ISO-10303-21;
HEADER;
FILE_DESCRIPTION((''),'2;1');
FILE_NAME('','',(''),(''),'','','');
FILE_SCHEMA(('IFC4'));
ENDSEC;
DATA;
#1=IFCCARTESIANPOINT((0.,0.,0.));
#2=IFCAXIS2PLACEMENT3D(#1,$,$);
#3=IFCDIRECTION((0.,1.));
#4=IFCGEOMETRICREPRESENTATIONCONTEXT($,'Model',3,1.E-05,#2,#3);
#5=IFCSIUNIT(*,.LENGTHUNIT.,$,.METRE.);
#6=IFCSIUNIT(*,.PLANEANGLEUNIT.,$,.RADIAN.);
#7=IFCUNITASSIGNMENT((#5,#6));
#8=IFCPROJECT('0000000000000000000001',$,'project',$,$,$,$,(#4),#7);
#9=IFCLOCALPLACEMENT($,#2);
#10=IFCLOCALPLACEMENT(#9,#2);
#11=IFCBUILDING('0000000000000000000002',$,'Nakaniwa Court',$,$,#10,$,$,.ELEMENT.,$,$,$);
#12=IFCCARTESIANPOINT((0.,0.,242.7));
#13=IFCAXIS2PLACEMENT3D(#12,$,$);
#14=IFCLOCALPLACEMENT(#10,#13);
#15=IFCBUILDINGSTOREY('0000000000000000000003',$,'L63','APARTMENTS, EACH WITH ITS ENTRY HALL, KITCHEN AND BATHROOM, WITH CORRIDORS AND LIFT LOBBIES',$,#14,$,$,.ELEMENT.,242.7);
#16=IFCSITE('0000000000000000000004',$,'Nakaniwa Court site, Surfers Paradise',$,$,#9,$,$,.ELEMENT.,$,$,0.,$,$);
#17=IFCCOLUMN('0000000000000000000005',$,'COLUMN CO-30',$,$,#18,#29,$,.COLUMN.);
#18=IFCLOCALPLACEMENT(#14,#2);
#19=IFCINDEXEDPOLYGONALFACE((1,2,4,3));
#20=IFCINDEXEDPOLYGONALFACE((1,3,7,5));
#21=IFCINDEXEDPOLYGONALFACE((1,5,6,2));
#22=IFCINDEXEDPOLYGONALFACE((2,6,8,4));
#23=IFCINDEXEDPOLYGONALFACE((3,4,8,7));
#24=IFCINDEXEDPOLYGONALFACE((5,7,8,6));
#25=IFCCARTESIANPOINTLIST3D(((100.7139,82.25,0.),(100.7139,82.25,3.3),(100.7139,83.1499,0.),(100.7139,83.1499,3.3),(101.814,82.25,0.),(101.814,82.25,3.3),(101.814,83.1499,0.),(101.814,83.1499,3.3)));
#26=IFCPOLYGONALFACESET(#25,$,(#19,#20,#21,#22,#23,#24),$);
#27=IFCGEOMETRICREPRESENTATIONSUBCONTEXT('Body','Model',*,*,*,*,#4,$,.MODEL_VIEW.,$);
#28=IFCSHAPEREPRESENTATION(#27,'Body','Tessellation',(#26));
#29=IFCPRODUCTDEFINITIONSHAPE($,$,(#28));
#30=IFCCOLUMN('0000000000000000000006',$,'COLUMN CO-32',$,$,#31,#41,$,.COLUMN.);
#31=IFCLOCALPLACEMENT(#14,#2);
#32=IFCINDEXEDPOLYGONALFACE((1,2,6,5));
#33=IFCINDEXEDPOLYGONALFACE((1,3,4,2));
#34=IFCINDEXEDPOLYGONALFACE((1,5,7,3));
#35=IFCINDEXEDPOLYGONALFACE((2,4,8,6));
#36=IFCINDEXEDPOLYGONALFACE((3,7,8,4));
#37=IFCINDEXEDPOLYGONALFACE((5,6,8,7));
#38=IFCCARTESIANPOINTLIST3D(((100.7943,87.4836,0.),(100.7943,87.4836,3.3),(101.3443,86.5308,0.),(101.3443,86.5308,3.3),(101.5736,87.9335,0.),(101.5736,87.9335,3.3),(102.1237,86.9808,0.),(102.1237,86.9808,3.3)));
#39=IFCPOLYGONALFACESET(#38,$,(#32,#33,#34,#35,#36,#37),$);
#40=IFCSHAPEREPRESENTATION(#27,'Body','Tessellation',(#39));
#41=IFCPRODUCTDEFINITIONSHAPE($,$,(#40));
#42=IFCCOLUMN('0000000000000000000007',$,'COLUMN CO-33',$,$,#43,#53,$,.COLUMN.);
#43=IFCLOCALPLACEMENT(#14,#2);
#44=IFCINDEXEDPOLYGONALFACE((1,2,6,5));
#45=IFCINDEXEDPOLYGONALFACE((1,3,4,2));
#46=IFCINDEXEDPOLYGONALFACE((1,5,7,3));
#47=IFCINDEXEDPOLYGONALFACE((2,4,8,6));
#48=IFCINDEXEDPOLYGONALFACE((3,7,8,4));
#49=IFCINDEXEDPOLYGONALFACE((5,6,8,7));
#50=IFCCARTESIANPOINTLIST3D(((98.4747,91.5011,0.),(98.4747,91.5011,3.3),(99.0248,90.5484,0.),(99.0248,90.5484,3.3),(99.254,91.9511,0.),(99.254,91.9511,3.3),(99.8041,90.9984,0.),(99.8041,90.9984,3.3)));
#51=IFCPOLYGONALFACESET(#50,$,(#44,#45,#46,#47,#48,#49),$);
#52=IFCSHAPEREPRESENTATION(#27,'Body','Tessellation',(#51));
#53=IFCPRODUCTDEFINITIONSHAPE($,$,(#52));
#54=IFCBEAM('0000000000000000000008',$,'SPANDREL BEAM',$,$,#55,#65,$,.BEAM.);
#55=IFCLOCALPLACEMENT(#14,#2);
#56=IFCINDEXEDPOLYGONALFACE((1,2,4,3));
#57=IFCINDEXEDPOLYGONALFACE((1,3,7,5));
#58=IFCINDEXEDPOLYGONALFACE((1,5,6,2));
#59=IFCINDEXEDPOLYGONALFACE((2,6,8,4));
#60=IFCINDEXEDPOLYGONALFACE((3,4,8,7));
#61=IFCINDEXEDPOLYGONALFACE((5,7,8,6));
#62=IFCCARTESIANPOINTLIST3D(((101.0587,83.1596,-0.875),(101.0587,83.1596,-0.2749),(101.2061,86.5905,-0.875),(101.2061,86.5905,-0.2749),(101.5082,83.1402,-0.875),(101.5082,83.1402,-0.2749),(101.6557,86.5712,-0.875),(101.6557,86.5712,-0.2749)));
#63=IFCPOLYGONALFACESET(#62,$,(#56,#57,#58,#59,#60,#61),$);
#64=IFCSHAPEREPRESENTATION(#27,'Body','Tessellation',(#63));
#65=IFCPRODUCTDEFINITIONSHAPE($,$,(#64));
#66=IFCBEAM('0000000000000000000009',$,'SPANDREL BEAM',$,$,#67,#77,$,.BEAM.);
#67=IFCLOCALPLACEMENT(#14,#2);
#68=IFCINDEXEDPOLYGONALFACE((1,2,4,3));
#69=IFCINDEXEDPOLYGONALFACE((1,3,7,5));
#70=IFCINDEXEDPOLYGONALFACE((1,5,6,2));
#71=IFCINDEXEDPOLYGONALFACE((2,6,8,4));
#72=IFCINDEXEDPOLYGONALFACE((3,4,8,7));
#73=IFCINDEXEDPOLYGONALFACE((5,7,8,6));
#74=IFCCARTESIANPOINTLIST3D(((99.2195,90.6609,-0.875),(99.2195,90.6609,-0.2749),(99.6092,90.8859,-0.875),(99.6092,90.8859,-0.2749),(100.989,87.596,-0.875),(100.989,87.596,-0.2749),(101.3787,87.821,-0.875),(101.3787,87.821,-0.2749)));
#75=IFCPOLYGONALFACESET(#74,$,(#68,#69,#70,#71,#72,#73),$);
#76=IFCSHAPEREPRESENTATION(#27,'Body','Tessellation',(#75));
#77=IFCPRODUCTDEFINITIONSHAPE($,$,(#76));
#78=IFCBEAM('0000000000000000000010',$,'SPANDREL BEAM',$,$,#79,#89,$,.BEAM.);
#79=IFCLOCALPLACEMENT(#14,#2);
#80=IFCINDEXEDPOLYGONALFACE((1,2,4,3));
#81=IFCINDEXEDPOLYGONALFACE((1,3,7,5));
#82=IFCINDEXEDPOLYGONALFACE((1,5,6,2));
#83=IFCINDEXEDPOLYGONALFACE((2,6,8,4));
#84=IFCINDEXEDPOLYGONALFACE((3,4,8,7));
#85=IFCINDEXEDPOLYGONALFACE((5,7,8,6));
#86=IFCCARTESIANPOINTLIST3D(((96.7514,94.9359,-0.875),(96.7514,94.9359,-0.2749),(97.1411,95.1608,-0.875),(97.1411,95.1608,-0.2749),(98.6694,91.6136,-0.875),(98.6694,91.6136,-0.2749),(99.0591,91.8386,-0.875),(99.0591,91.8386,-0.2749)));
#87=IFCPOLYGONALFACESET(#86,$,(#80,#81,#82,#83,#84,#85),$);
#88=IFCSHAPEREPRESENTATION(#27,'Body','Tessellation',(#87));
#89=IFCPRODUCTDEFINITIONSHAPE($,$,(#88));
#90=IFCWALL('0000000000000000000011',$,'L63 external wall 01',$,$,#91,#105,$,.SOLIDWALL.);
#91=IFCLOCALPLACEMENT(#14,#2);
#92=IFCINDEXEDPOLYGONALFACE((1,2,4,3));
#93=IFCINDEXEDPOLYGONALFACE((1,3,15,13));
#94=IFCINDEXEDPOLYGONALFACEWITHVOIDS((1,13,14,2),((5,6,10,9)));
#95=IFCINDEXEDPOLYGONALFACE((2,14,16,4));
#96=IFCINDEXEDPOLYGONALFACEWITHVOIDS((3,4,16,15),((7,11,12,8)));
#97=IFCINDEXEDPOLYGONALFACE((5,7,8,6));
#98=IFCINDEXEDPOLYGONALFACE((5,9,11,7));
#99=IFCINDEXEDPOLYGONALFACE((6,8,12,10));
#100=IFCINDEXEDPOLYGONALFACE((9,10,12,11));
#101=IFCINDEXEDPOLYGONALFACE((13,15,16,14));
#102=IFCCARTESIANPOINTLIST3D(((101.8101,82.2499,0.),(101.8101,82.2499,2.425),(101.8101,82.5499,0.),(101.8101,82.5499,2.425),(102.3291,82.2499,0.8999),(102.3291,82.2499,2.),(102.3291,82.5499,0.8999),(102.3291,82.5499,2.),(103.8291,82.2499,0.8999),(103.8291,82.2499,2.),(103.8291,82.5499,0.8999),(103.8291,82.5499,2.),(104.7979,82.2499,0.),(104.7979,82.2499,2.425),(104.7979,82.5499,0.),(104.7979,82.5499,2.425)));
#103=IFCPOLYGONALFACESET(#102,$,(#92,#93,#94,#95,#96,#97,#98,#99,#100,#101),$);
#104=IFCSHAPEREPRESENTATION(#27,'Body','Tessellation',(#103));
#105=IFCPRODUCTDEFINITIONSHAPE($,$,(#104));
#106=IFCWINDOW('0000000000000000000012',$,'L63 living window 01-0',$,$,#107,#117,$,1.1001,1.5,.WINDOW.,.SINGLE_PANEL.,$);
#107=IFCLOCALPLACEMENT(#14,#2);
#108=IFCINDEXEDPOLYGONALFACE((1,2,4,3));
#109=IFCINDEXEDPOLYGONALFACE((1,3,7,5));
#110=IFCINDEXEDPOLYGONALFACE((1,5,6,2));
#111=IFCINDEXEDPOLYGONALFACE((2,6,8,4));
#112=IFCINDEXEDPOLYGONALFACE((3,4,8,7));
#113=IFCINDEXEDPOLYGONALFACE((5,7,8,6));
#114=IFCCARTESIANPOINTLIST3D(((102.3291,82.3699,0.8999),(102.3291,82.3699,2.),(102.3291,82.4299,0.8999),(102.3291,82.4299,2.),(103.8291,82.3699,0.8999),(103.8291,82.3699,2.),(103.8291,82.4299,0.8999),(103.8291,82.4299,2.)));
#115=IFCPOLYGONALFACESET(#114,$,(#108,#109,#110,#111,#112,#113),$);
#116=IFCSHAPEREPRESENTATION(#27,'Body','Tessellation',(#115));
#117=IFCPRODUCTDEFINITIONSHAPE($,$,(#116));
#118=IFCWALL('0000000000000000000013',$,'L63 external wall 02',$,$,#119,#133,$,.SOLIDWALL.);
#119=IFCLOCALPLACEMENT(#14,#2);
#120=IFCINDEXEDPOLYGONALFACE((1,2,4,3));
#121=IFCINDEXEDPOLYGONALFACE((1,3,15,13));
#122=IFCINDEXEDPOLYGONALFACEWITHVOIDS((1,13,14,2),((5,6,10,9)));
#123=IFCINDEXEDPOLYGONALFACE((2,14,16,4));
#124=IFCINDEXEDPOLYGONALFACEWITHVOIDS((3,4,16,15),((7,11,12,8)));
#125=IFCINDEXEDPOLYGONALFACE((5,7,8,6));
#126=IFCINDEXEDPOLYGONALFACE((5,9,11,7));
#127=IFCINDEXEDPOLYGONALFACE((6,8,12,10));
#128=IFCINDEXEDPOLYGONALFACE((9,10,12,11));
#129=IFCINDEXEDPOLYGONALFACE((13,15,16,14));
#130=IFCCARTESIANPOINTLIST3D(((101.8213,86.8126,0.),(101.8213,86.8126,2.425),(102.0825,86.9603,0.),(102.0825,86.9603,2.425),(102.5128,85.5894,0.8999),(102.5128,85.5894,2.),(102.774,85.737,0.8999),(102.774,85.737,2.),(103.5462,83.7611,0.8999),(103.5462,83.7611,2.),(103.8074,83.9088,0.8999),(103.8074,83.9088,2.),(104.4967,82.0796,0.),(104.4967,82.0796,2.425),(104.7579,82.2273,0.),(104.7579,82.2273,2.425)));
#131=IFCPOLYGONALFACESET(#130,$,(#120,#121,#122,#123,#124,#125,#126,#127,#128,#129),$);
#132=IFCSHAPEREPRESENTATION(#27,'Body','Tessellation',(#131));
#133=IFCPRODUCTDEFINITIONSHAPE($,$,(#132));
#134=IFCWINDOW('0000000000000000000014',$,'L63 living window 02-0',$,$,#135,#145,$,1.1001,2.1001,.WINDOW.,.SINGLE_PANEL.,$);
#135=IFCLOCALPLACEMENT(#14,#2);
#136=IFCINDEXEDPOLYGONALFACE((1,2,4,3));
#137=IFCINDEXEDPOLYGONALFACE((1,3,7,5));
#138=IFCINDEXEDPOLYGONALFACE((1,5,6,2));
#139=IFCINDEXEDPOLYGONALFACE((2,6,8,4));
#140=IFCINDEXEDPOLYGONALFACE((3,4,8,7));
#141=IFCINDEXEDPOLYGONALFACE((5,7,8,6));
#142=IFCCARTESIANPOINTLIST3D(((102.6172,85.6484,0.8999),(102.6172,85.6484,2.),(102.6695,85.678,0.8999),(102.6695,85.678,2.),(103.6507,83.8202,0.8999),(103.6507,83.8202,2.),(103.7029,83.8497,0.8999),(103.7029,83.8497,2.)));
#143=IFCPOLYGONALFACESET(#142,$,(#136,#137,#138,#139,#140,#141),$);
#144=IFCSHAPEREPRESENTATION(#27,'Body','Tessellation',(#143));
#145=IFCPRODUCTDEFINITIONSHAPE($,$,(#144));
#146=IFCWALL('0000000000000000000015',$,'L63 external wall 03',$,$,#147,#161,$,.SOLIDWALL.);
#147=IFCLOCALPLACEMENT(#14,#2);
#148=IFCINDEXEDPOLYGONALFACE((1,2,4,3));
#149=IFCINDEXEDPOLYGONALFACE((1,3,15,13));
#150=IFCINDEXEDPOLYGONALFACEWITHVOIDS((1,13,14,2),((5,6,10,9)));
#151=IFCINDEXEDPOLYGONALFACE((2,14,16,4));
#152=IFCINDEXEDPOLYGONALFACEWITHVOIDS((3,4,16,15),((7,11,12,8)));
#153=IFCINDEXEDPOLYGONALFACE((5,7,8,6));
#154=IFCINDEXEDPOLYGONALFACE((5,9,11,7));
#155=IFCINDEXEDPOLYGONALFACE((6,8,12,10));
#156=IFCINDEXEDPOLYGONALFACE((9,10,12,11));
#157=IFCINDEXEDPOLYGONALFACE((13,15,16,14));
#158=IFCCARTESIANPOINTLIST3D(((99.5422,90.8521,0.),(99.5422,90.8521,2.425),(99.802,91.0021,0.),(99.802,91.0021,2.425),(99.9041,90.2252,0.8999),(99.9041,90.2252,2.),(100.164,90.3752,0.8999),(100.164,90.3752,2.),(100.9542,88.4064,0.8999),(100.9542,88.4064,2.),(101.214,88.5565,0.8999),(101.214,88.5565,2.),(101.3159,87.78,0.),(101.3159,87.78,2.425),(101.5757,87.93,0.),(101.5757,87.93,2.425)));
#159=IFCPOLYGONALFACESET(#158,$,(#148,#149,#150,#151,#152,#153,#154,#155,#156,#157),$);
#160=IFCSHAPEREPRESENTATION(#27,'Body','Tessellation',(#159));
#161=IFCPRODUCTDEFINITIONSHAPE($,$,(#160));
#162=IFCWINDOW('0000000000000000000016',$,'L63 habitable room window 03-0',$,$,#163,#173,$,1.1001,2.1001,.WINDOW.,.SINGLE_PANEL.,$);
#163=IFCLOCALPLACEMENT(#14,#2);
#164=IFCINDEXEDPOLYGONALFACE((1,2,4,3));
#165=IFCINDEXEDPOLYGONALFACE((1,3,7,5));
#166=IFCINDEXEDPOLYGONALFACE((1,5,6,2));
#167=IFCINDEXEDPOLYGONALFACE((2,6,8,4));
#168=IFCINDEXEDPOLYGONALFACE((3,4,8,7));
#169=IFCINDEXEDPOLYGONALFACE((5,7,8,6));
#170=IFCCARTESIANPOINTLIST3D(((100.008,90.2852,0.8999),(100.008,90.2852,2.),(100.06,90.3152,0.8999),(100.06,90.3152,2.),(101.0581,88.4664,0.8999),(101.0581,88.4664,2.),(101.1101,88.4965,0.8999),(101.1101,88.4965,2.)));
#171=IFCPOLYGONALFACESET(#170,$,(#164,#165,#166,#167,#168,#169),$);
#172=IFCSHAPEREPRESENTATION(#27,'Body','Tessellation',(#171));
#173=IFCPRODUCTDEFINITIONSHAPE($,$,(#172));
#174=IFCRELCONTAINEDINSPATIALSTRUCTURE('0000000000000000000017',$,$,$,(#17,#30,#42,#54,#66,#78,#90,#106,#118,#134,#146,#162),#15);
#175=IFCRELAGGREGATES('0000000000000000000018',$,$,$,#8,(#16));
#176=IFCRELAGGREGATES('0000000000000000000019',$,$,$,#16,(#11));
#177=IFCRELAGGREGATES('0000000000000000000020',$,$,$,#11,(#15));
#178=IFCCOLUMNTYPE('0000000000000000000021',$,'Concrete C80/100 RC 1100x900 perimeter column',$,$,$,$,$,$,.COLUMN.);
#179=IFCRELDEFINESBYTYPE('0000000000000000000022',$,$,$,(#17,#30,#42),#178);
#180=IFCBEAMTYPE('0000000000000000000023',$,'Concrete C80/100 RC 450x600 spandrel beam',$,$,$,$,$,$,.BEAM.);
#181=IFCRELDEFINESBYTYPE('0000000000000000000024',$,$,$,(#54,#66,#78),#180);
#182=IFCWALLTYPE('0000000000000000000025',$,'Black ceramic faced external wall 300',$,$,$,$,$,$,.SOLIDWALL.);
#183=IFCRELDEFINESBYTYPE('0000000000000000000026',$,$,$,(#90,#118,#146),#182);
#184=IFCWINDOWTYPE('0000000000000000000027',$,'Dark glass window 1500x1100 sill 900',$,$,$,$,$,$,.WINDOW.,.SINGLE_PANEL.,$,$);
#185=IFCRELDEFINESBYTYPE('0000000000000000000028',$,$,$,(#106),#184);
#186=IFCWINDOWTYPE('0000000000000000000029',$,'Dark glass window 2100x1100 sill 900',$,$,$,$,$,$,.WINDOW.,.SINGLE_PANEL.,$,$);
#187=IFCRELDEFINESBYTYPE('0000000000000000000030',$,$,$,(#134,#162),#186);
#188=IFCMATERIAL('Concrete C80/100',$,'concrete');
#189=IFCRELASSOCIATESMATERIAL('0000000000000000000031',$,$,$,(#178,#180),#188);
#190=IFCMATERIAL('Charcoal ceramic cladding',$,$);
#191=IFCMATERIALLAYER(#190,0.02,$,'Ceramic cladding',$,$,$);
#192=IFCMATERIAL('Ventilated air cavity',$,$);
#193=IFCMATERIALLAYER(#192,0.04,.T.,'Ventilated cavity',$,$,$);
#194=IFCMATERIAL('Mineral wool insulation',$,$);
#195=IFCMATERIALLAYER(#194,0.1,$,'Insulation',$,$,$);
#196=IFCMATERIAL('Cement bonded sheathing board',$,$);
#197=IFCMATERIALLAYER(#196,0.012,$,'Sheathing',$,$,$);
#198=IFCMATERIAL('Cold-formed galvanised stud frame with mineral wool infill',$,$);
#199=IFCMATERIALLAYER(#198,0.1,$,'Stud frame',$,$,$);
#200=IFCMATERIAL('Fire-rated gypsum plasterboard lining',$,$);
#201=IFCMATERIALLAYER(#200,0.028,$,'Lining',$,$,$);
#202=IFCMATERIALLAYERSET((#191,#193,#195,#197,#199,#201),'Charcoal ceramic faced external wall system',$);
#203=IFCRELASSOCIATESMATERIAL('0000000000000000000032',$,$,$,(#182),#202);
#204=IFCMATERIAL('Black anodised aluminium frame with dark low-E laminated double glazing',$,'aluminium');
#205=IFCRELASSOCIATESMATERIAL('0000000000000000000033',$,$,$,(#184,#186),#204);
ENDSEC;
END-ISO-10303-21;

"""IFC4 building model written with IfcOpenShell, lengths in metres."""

from ifc_helpers import new_model, si_unit, direction, frame, frame_2d, origin, origin_2d, place, context, subcontext, project, spatial, rectangle, extrude, material, layer, layer_set, material_profile, profile_set, type_object, element, fill, save


model = new_model("IFC4")

# Units and contexts
model_context = context("Model", 3, precision=1e-05, world=origin(), true_north=direction((0.0, 1.0)))
body_context = subcontext(model_context, "Body", "Model", "MODEL_VIEW")
ifc_project = project(units=[si_unit("LENGTHUNIT", "METRE"), si_unit("PLANEANGLEUNIT", "RADIAN")], contexts=[model_context])

# Site, building, storey
site_placement = place(None, origin())
site = spatial("IfcSite", under=ifc_project, at=site_placement, Name="Nakaniwa Court site, Surfers Paradise", CompositionType="ELEMENT", RefElevation=0.0)
building_placement = place(site_placement, origin())
building = spatial("IfcBuilding", under=site, at=building_placement, Name="Nakaniwa Court", CompositionType="ELEMENT")
storey_placement = place(building_placement, frame((0.0, 0.0, 242.7)))
storey = spatial("IfcBuildingStorey", under=building, at=storey_placement, Name="L63", Description="APARTMENTS, EACH WITH ITS ENTRY HALL, KITCHEN AND BATHROOM, WITH CORRIDORS AND LIFT LOBBIES", CompositionType="ELEMENT", Elevation=242.7)

# Columns
ifc_material_1 = material(Name="Concrete C80/100", Category="concrete")
ifc_material_profile_1 = material_profile(ifc_material_1, rectangle(XDim=1.1001, YDim=0.8999, at=origin_2d()), Name="Concrete C80/100 RC 1100x900 perimeter column")
ifc_profile_set_1 = profile_set([ifc_material_profile_1], Name="Concrete C80/100")
column_type = type_object("IfcColumnType", Name="Concrete C80/100 RC 1100x900 perimeter column", PredefinedType="COLUMN", material=ifc_profile_set_1)
for number, where, z_axis, x_axis, name in (
    (1, (101.2639, 82.7, 0.0), (0.0, 0.0, 1.0), (1.0, 0.0, 0.0), "COLUMN CO-30"),
    (2, (101.459, 87.2322, 0.0), (0.0, 0.0, 1.0), (-0.5, 0.866025, 0.0), "COLUMN CO-32"),
    (3, (99.1394, 91.2498, 0.0), (0.0, 0.0, 1.0), (-0.5, 0.866025, 0.0), "COLUMN CO-33"),
):
    element("IfcColumn", number, at=place(storey_placement, frame(where, z_axis=z_axis, x_axis=x_axis)), inside=storey, type_object=column_type, Name=name, PredefinedType="COLUMN", context=body_context, shape_type="SweptSolid", body=[
        extrude(rectangle(XDim=1.1001, YDim=0.8999, at=origin_2d()), origin(), (0.0, 0.0, 1.0), 3.3),
    ])

# Beams
ifc_material_profile_2 = material_profile(ifc_material_1, rectangle(XDim=0.45, YDim=0.6001, at=origin_2d()), Name="Concrete C80/100 RC 450x600 spandrel beam")
ifc_profile_set_2 = profile_set([ifc_material_profile_2], Name="Concrete C80/100")
beam_type = type_object("IfcBeamType", Name="Concrete C80/100 RC 450x600 spandrel beam", PredefinedType="BEAM", material=ifc_profile_set_2)
beam_1_placement = place(storey_placement, frame((101.2834, 83.1499, -0.575), z_axis=(0.042941, 0.999078, 0.0), x_axis=(-0.999078, 0.042941, 0.0)))
element("IfcBeam", 4, at=beam_1_placement, inside=storey, type_object=beam_type, Name="SPANDREL BEAM", PredefinedType="BEAM", context=body_context, shape_type="SweptSolid", body=[
    extrude(rectangle(XDim=0.45, YDim=0.6001, at=origin_2d()), origin(), (0.0, 0.0, 1.0), 3.4341),
])
beam_2_placement = place(storey_placement, frame((101.1838, 87.7085, -0.575), z_axis=(-0.499997, 0.866027, 0.0), x_axis=(-0.866027, -0.499997, 0.0)))
element("IfcBeam", 5, at=beam_2_placement, inside=storey, type_object=beam_type, Name="SPANDREL BEAM", PredefinedType="BEAM", context=body_context, shape_type="SweptSolid", body=[
    extrude(rectangle(XDim=0.45, YDim=0.6001, at=origin_2d()), origin(), (0.0, 0.0, 1.0), 3.5391),
])
beam_3_placement = place(storey_placement, frame((98.8643, 91.7261, -0.575), z_axis=(-0.499972, 0.866041, 0.0), x_axis=(-0.866041, -0.499972, 0.0)))
element("IfcBeam", 6, at=beam_3_placement, inside=storey, type_object=beam_type, Name="SPANDREL BEAM", PredefinedType="BEAM", context=body_context, shape_type="SweptSolid", body=[
    extrude(rectangle(XDim=0.45, YDim=0.6001, at=origin_2d()), origin(), (0.0, 0.0, 1.0), 3.8362),
])

# Walls, openings, windows
ifc_material_2 = material(Name="Charcoal ceramic cladding")
ifc_layer_1 = layer(ifc_material_2, 0.02, Name="Ceramic cladding")
ifc_material_3 = material(Name="Ventilated air cavity")
ifc_layer_2 = layer(ifc_material_3, 0.04, ventilated=True, Name="Ventilated cavity")
ifc_material_4 = material(Name="Mineral wool insulation")
ifc_layer_3 = layer(ifc_material_4, 0.1, Name="Insulation")
ifc_material_5 = material(Name="Cement bonded sheathing board")
ifc_layer_4 = layer(ifc_material_5, 0.012, Name="Sheathing")
ifc_material_6 = material(Name="Cold-formed galvanised stud frame with mineral wool infill")
ifc_layer_5 = layer(ifc_material_6, 0.1, Name="Stud frame")
ifc_material_7 = material(Name="Fire-rated gypsum plasterboard lining")
ifc_layer_6 = layer(ifc_material_7, 0.028, Name="Lining")
ifc_layer_set = layer_set([ifc_layer_1, ifc_layer_2, ifc_layer_3, ifc_layer_4, ifc_layer_5, ifc_layer_6], Name="Charcoal ceramic faced external wall system")
wall_type = type_object("IfcWallType", Name="Black ceramic faced external wall 300", PredefinedType="SOLIDWALL", material=ifc_layer_set)
wall_1_placement = place(storey_placement, frame((101.8101, 82.3999, 0.0), z_axis=(0.0, 0.0, 1.0), x_axis=(1.0, 0.0, 0.0)))
wall_1 = element("IfcWall", 7, at=wall_1_placement, inside=storey, type_object=wall_type, Name="L63 external wall 01", PredefinedType="SOLIDWALL", context=body_context, shape_type="SweptSolid", body=[
    extrude(rectangle(XDim=2.9878, YDim=0.3, at=frame_2d((1.4939, 0.0))), origin(), (0.0, 0.0, 1.0), 2.425),
])
opening_1_placement = place(wall_1_placement, frame((0.519, 0.0, 0.8999)))
opening_1 = element("IfcOpeningElement", 8, at=opening_1_placement, cuts=wall_1, PredefinedType="OPENING", context=body_context, shape_type="SweptSolid", body=[
    extrude(rectangle(XDim=1.5, YDim=1.1001, at=frame_2d((0.75, 0.55))), frame((0.0, 0.1599, 0.0), z_axis=(0.0, -1.0, 0.0), x_axis=(1.0, 0.0, 0.0)), (0.0, 0.0, 1.0), 0.3201),
])
ifc_material_8 = material(Name="Black anodised aluminium frame with dark low-E laminated double glazing", Category="aluminium")
window_type_1 = type_object("IfcWindowType", Name="Dark glass window 1500x1100 sill 900", PartitioningType="SINGLE_PANEL", PredefinedType="WINDOW", material=ifc_material_8)
window_1_placement = place(opening_1_placement, origin())
window_1 = element("IfcWindow", 9, at=window_1_placement, inside=storey, type_object=window_type_1, Name="L63 living window 01-0", OverallHeight=1.1001, OverallWidth=1.5, PartitioningType="SINGLE_PANEL", PredefinedType="WINDOW", context=body_context, shape_type="SweptSolid", body=[
    extrude(rectangle(XDim=1.5, YDim=1.1001, at=frame_2d((0.75, 0.55))), frame((0.0, 0.03, 0.0), z_axis=(0.0, -1.0, 0.0), x_axis=(1.0, 0.0, 0.0)), (0.0, 0.0, 1.0), 0.0601),
])
fill(opening_1, window_1)
wall_2_placement = place(storey_placement, frame((104.6272, 82.1536, 0.0), z_axis=(0.0, 0.0, 1.0), x_axis=(-0.492081, 0.870549, 0.0)))
wall_2 = element("IfcWall", 10, at=wall_2_placement, inside=storey, type_object=wall_type, Name="L63 external wall 02", PredefinedType="SOLIDWALL", context=body_context, shape_type="SweptSolid", body=[
    extrude(rectangle(XDim=5.4368, YDim=0.3, at=frame_2d((2.7183, 0.0))), origin(), (0.0, 0.0, 1.0), 2.425),
])
opening_2_placement = place(wall_2_placement, frame((1.9314, 0.0, 0.8999)))
opening_2 = element("IfcOpeningElement", 11, at=opening_2_placement, cuts=wall_2, PredefinedType="OPENING", context=body_context, shape_type="SweptSolid", body=[
    extrude(rectangle(XDim=2.1001, YDim=1.1001, at=frame_2d((1.05, 0.55))), frame((0.0, 0.1599, 0.0), z_axis=(0.0, -1.0, 0.0), x_axis=(1.0, 0.0, 0.0)), (0.0, 0.0, 1.0), 0.3201),
])
window_type_2 = type_object("IfcWindowType", Name="Dark glass window 2100x1100 sill 900", PartitioningType="SINGLE_PANEL", PredefinedType="WINDOW", material=ifc_material_8)
window_2_placement = place(opening_2_placement, origin())
window_2 = element("IfcWindow", 12, at=window_2_placement, inside=storey, type_object=window_type_2, Name="L63 living window 02-0", OverallHeight=1.1001, OverallWidth=2.1001, PartitioningType="SINGLE_PANEL", PredefinedType="WINDOW", context=body_context, shape_type="SweptSolid", body=[
    extrude(rectangle(XDim=2.1001, YDim=1.1001, at=frame_2d((1.05, 0.55))), frame((0.0, 0.03, 0.0), z_axis=(0.0, -1.0, 0.0), x_axis=(1.0, 0.0, 0.0)), (0.0, 0.0, 1.0), 0.0601),
])
fill(opening_2, window_2)
wall_3_placement = place(storey_placement, frame((101.4458, 87.855, 0.0), z_axis=(0.0, 0.0, 1.0), x_axis=(-0.50001, 0.866019, 0.0)))
wall_3 = element("IfcWall", 13, at=wall_3_placement, inside=storey, type_object=wall_type, Name="L63 external wall 03", PredefinedType="SOLIDWALL", context=body_context, shape_type="SweptSolid", body=[
    extrude(rectangle(XDim=3.5474, YDim=0.3, at=frame_2d((1.7737, 0.0))), origin(), (0.0, 0.0, 1.0), 2.425),
])
opening_3_placement = place(wall_3_placement, frame((0.7234, 0.0, 0.8999)))
opening_3 = element("IfcOpeningElement", 14, at=opening_3_placement, cuts=wall_3, PredefinedType="OPENING", context=body_context, shape_type="SweptSolid", body=[
    extrude(rectangle(XDim=2.1001, YDim=1.1001, at=frame_2d((1.05, 0.55))), frame((0.0, 0.1599, 0.0), z_axis=(0.0, -1.0, 0.0), x_axis=(1.0, 0.0, 0.0)), (0.0, 0.0, 1.0), 0.3201),
])
window_3_placement = place(opening_3_placement, origin())
window_3 = element("IfcWindow", 15, at=window_3_placement, inside=storey, type_object=window_type_2, Name="L63 habitable room window 03-0", OverallHeight=1.1001, OverallWidth=2.1001, PartitioningType="SINGLE_PANEL", PredefinedType="WINDOW", context=body_context, shape_type="SweptSolid", body=[
    extrude(rectangle(XDim=2.1001, YDim=1.1001, at=frame_2d((1.05, 0.55))), frame((0.0, 0.03, 0.0), z_axis=(0.0, -1.0, 0.0), x_axis=(1.0, 0.0, 0.0)), (0.0, 0.0, 1.0), 0.0601),
])
fill(opening_3, window_3)

save(model, "model.ifc")
